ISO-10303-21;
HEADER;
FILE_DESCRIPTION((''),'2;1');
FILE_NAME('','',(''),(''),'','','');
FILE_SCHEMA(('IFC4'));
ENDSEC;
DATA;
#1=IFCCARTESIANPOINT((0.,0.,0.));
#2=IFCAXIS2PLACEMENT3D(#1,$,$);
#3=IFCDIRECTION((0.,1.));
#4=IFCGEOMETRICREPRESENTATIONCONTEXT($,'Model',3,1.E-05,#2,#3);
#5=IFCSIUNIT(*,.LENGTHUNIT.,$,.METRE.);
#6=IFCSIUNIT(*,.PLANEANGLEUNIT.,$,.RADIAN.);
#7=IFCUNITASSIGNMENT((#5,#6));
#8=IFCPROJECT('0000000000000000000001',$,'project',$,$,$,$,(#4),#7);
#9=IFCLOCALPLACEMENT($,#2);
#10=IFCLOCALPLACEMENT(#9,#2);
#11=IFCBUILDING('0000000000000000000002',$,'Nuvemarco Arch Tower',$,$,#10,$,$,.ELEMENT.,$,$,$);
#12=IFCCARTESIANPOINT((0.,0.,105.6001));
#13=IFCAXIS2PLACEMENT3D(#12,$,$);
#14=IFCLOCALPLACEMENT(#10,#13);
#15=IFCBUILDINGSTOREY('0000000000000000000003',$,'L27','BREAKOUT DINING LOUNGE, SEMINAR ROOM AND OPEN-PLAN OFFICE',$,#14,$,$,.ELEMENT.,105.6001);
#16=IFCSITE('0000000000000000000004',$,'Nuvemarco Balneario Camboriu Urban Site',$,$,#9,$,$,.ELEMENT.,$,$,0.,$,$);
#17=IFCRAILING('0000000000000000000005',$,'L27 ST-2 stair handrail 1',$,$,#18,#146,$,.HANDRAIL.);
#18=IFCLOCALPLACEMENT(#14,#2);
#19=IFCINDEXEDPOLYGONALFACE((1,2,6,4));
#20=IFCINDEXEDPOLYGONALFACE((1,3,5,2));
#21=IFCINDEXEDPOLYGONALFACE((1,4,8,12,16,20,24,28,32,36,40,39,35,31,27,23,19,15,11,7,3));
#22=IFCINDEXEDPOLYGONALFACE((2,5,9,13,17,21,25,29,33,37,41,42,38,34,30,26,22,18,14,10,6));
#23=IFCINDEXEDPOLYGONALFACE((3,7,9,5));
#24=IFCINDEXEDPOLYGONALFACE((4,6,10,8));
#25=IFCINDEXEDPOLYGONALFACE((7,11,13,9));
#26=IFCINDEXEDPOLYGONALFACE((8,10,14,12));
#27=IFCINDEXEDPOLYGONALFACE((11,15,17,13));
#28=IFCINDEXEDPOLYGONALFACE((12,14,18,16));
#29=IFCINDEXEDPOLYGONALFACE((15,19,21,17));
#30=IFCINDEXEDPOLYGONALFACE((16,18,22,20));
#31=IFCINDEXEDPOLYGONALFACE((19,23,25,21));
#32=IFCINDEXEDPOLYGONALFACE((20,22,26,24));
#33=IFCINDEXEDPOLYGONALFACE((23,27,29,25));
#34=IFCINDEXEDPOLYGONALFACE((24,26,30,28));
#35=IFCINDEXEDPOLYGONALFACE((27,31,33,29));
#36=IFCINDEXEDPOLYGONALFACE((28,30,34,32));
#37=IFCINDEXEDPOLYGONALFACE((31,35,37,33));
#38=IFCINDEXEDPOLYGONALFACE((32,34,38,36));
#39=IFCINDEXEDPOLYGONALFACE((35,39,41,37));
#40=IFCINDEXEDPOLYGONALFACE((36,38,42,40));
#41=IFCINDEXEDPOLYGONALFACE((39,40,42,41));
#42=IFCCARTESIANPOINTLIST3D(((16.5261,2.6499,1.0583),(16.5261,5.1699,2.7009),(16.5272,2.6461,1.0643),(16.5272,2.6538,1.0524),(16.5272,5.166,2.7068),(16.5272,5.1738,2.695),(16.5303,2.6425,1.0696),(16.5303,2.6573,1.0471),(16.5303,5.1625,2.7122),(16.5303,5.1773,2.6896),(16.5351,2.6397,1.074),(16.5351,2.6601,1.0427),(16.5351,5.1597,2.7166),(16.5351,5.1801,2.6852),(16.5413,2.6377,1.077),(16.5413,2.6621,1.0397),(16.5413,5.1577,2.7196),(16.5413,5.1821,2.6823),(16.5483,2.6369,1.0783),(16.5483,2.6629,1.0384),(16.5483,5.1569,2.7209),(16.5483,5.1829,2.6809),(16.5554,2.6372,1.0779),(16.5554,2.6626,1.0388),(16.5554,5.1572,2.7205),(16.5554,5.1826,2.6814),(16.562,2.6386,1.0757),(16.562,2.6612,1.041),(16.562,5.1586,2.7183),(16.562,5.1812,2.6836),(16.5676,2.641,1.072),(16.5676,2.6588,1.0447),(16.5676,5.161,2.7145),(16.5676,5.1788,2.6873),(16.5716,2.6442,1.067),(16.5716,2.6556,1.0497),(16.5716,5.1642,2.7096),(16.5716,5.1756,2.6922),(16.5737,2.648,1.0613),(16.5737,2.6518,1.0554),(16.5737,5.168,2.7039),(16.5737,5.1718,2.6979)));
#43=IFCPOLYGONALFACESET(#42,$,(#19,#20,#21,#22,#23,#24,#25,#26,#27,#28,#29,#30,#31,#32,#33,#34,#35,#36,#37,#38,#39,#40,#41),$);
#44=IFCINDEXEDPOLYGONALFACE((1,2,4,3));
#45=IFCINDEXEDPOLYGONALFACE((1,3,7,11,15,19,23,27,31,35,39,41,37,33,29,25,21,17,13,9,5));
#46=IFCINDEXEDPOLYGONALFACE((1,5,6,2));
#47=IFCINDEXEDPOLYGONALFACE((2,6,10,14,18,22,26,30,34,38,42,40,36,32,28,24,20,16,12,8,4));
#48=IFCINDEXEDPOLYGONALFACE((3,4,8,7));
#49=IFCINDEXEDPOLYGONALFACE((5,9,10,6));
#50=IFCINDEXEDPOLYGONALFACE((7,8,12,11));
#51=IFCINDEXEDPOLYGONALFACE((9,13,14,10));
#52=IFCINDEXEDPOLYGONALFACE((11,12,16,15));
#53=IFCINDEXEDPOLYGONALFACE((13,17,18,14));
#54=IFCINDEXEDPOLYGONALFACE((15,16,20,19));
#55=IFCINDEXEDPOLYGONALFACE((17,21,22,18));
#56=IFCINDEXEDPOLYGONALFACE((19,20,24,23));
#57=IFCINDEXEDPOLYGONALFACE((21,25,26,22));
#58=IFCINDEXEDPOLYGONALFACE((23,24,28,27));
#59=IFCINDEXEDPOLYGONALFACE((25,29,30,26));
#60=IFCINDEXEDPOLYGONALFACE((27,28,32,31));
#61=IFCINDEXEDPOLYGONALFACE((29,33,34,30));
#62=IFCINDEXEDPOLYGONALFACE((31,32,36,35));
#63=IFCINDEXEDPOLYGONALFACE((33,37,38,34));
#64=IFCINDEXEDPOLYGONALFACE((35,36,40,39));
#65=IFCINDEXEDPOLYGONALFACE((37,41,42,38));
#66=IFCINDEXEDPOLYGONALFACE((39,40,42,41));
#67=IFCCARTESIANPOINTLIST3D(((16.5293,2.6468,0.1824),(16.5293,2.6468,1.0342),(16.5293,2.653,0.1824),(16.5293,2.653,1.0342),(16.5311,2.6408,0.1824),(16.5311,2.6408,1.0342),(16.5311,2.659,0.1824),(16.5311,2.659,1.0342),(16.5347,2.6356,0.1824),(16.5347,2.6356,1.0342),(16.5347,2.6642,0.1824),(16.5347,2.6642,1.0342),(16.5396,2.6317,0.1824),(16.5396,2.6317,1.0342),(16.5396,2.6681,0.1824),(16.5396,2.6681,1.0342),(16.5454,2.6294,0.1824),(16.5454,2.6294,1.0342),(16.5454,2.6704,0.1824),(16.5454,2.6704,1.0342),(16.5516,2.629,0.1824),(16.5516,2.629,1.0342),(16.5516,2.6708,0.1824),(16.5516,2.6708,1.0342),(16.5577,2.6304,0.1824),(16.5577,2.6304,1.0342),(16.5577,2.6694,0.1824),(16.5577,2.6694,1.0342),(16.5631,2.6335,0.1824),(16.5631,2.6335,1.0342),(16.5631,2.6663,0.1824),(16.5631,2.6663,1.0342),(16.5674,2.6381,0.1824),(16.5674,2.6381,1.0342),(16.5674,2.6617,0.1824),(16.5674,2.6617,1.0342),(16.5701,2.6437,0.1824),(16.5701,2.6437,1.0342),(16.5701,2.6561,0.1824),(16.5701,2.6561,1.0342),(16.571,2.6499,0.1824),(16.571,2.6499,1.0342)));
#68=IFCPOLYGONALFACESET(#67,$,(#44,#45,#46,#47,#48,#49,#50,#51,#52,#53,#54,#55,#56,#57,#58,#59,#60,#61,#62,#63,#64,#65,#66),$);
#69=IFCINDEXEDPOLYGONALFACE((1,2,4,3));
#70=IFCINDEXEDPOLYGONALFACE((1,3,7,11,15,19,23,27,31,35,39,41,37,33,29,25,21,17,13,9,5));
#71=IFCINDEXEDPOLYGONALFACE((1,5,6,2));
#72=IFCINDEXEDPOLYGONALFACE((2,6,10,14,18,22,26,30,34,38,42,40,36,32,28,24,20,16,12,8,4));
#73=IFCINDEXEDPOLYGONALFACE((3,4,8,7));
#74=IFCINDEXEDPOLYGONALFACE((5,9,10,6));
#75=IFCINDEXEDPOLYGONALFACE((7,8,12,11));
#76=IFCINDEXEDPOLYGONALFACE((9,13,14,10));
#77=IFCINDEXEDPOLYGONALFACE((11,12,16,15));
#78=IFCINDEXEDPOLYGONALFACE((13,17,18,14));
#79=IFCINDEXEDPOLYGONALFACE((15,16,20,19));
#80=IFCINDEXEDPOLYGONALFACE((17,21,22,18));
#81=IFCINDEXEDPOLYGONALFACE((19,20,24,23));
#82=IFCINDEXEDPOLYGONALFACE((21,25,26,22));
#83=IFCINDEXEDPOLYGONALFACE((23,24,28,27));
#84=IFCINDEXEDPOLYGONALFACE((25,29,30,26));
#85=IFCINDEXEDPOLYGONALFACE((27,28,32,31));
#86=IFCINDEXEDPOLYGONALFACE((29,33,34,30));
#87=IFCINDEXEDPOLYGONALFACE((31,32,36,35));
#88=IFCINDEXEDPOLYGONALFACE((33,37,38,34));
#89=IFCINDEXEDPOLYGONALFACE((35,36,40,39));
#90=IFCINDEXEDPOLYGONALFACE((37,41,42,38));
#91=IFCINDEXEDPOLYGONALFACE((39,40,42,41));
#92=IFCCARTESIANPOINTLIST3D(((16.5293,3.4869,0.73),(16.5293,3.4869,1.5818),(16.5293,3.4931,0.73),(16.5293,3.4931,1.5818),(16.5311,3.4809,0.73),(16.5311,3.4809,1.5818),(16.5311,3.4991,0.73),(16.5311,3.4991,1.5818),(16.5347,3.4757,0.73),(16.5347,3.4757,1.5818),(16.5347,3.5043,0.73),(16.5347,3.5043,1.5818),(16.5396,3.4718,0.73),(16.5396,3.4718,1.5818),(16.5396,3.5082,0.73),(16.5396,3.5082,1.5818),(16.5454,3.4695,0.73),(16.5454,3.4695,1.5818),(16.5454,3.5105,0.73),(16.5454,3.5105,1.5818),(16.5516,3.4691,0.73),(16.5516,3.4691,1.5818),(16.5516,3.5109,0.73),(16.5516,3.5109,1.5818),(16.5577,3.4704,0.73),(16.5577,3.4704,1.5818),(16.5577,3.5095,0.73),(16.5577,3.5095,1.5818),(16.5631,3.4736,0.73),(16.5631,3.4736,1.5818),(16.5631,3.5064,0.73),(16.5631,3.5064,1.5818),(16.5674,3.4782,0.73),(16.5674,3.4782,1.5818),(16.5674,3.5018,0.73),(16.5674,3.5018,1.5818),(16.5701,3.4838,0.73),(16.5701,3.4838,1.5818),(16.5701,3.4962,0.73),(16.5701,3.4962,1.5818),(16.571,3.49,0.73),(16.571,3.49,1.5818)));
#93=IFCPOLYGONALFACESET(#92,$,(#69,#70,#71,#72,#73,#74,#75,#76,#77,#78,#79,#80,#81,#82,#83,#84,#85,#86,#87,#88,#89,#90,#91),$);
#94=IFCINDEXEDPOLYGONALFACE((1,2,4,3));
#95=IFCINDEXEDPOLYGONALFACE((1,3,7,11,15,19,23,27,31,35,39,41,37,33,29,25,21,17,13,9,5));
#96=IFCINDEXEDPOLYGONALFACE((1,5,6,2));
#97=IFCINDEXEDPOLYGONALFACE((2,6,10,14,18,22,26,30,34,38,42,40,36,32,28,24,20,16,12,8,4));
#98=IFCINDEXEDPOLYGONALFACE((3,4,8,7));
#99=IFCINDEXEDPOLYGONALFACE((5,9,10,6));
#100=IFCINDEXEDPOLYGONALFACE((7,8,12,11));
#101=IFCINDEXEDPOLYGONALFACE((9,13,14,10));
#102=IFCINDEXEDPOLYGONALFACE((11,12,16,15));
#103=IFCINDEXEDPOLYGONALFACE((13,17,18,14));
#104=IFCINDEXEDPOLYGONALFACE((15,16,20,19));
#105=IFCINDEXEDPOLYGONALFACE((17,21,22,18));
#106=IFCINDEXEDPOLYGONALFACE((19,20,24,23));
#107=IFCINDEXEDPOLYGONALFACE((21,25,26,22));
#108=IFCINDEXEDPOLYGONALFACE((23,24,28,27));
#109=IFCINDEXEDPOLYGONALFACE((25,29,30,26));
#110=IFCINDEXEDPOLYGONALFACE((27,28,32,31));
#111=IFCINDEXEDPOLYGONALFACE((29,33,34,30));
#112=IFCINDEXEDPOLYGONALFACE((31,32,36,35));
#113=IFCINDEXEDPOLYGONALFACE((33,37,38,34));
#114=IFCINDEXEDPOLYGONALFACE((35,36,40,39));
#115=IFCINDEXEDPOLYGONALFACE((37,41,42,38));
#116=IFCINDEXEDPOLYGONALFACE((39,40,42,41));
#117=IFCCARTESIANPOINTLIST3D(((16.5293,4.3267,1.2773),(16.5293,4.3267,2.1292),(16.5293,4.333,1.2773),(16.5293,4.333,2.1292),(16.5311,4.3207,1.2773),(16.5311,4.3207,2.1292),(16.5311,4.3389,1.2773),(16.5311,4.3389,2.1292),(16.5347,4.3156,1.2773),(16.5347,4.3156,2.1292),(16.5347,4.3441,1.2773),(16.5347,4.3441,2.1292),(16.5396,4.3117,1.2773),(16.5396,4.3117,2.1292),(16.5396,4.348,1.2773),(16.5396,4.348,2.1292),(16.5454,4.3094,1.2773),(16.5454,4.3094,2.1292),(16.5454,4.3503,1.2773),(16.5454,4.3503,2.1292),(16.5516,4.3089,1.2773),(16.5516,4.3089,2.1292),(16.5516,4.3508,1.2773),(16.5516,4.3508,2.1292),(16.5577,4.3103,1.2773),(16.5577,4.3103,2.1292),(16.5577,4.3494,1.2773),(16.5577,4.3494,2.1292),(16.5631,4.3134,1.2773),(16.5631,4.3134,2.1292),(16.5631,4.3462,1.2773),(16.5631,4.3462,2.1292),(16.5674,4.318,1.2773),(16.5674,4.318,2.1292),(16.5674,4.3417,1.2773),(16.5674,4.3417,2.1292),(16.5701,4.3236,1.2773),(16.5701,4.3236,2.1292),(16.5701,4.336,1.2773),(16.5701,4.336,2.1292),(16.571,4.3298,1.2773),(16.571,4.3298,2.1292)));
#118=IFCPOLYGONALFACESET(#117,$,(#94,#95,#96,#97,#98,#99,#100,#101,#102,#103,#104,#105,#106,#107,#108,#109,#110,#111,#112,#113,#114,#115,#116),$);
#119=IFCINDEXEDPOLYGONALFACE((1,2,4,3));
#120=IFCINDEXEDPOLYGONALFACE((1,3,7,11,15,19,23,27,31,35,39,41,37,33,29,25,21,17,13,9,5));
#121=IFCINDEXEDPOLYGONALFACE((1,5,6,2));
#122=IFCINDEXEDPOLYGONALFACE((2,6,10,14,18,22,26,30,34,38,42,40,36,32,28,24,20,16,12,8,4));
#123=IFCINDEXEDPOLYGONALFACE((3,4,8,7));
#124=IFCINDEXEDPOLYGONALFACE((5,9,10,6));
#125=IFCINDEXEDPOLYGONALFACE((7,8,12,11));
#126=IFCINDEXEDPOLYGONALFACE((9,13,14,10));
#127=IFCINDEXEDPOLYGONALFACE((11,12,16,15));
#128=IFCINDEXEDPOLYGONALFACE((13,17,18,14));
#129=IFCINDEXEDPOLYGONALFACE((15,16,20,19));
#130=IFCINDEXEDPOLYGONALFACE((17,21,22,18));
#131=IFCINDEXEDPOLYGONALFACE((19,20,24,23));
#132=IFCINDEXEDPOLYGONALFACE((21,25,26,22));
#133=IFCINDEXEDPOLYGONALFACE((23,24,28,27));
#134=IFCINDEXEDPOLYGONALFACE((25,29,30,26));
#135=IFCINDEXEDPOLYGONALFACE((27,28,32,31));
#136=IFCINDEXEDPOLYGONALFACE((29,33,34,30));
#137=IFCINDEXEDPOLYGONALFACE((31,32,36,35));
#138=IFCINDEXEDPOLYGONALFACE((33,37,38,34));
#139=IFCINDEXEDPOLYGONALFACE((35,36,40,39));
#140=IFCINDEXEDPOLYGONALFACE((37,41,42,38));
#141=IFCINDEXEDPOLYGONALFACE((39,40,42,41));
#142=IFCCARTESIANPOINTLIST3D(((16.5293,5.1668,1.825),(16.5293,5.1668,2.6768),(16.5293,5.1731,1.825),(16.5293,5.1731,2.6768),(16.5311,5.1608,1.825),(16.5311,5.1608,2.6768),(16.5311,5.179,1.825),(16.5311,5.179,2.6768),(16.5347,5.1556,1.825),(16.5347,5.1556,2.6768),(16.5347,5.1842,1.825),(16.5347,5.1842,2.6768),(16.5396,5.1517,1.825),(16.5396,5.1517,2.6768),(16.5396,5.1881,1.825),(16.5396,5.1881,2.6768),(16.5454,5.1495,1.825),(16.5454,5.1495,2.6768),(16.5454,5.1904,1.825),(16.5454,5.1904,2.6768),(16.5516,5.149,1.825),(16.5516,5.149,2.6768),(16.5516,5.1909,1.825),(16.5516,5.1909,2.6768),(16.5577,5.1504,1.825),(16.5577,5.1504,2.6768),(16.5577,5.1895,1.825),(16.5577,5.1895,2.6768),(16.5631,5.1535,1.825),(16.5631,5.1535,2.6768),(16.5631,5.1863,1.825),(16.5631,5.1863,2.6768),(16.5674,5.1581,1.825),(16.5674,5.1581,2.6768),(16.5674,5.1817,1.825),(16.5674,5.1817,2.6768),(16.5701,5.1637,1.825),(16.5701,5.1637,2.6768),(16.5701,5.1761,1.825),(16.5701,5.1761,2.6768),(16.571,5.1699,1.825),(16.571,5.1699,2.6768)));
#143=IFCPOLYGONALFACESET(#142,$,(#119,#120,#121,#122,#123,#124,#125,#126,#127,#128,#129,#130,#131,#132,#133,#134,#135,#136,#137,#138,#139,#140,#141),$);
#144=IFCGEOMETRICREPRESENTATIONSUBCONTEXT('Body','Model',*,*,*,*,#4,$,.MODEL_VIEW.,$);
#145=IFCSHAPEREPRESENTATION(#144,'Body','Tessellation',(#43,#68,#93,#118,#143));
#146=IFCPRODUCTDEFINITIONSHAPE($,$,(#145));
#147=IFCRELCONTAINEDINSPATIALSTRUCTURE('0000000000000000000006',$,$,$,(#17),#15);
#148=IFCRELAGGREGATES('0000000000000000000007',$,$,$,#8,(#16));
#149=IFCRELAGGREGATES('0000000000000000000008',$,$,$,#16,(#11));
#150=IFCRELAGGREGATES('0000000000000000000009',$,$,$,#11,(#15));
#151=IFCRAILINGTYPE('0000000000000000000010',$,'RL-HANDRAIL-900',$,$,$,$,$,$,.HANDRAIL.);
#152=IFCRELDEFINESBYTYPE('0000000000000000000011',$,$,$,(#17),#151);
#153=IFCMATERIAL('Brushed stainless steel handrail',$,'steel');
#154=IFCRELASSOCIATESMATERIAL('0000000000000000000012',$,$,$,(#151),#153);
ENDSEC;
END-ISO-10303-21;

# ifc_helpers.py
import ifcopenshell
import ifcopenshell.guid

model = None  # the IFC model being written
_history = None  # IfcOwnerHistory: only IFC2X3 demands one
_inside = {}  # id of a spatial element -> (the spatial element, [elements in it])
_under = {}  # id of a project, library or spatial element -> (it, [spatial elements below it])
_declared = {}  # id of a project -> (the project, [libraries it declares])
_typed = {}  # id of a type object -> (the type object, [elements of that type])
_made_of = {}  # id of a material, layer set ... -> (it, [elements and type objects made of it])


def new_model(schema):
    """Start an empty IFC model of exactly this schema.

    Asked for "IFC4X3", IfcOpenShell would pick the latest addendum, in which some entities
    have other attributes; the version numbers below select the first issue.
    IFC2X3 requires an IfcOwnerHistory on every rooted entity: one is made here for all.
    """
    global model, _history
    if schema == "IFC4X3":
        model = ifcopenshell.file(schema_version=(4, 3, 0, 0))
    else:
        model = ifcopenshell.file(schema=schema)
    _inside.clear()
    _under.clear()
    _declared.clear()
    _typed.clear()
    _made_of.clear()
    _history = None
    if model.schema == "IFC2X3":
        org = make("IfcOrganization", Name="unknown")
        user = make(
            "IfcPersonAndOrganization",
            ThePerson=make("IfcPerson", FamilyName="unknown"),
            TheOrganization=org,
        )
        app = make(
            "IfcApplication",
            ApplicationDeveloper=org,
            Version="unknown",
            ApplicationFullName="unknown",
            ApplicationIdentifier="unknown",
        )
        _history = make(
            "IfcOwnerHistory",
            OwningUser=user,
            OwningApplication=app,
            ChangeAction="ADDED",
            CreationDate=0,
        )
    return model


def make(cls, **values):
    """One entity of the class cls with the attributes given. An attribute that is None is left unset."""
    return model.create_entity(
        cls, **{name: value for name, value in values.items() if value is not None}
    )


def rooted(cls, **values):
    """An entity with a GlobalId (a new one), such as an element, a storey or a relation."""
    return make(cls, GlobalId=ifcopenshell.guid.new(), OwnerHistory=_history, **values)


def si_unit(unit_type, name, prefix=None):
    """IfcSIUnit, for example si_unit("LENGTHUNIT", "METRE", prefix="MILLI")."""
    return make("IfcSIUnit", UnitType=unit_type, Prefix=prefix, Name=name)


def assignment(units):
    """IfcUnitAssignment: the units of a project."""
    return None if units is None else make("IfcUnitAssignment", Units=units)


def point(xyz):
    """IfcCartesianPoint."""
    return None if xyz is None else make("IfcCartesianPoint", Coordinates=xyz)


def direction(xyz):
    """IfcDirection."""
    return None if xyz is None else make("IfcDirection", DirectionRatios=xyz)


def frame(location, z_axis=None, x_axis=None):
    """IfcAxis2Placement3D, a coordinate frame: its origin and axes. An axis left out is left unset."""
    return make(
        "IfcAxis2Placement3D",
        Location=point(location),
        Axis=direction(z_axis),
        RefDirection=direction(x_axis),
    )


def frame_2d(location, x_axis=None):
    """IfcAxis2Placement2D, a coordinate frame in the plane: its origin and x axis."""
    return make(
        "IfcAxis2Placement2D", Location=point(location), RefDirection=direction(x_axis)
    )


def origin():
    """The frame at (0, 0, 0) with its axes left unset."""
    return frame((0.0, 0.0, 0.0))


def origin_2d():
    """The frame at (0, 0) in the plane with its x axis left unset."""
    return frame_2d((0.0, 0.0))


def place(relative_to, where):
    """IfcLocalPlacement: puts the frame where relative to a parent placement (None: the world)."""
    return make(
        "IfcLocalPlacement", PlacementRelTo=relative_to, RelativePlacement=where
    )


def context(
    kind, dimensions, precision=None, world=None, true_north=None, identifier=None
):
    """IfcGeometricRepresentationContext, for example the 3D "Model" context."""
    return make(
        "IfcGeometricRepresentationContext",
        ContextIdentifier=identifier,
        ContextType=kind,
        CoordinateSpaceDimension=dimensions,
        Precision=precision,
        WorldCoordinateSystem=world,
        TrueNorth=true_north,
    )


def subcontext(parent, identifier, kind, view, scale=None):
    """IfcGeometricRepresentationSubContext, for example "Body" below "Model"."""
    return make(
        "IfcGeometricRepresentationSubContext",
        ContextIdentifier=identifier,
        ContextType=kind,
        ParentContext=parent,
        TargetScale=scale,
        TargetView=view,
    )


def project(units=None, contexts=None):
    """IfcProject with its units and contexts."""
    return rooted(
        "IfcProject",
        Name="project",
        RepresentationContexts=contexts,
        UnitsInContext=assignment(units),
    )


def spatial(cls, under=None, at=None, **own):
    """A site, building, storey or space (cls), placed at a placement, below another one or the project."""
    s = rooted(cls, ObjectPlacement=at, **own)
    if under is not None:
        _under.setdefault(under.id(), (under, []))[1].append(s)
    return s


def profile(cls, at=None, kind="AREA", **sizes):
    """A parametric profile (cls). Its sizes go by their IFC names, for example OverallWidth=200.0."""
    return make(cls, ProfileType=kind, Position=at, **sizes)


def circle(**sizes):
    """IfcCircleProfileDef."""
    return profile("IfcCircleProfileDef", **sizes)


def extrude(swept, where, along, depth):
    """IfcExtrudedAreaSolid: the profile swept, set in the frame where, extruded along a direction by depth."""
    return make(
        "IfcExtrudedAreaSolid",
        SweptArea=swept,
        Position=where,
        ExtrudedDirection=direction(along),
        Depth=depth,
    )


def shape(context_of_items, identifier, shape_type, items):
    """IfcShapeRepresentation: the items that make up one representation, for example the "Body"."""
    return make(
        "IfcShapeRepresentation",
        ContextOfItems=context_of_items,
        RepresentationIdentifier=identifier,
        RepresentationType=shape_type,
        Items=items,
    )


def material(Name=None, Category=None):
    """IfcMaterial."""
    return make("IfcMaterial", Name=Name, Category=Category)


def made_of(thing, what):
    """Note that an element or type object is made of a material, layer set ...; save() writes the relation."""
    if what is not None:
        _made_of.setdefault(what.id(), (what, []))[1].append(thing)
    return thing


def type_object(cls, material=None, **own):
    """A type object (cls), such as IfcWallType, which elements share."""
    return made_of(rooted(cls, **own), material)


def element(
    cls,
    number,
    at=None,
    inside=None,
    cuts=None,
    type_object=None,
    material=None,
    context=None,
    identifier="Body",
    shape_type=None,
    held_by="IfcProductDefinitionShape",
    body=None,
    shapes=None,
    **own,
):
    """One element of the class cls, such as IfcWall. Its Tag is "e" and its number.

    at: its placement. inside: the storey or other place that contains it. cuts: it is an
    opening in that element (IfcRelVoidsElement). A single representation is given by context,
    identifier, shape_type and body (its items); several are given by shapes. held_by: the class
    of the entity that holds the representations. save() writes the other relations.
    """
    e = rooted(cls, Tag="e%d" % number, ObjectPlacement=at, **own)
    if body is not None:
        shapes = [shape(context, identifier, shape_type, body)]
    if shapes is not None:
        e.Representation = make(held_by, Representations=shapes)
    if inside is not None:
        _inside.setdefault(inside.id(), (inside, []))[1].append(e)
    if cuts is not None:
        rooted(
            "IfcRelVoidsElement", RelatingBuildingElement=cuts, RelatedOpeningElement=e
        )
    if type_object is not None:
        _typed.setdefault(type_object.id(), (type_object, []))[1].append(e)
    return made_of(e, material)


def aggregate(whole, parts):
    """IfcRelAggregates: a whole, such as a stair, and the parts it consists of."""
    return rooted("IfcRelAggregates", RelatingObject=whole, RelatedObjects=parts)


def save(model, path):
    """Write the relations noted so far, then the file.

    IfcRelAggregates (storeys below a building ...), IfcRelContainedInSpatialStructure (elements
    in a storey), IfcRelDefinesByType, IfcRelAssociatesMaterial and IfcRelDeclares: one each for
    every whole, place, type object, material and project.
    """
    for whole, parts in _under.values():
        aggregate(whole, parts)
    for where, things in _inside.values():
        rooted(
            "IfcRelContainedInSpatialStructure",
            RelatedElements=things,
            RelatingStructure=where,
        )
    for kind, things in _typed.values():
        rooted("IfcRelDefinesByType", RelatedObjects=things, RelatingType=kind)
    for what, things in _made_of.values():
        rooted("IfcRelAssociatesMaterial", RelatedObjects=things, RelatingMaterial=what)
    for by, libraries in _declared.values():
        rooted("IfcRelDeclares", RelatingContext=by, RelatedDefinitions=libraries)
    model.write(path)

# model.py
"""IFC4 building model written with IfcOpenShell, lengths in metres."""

from ifc_helpers import new_model, si_unit, direction, frame, origin, origin_2d, place, context, subcontext, project, spatial, circle, extrude, material, type_object, element, save


model = new_model("IFC4")

# Units and contexts
model_context = context("Model", 3, precision=1e-05, world=origin(), true_north=direction((0.0, 1.0)))
body_context = subcontext(model_context, "Body", "Model", "MODEL_VIEW")
ifc_project = project(units=[si_unit("LENGTHUNIT", "METRE"), si_unit("PLANEANGLEUNIT", "RADIAN")], contexts=[model_context])

# Site, building, storey
site_placement = place(None, origin())
site = spatial("IfcSite", under=ifc_project, at=site_placement, Name="Nuvemarco Balneario Camboriu Urban Site", CompositionType="ELEMENT", RefElevation=0.0)
building_placement = place(site_placement, origin())
building = spatial("IfcBuilding", under=site, at=building_placement, Name="Nuvemarco Arch Tower", CompositionType="ELEMENT")
storey_placement = place(building_placement, frame((0.0, 0.0, 105.6001)))
storey = spatial("IfcBuildingStorey", under=building, at=storey_placement, Name="L27", Description="BREAKOUT DINING LOUNGE, SEMINAR ROOM AND OPEN-PLAN OFFICE", CompositionType="ELEMENT", Elevation=105.6001)

# Railing
ifc_material_1 = material(Name="Brushed stainless steel handrail", Category="steel")
railing_type_1 = type_object("IfcRailingType", Name="RL-HANDRAIL-900", PredefinedType="HANDRAIL", material=ifc_material_1)
railing_1_placement = place(storey_placement, frame((16.55, 2.6499, 0.1824)))
element("IfcRailing", 1, at=railing_1_placement, inside=storey, type_object=railing_type_1, Name="L27 ST-2 stair handrail 1", PredefinedType="HANDRAIL", context=body_context, shape_type="SweptSolid", body=[
    extrude(circle(Radius=0.0239, at=origin_2d()), frame((0.0, 0.0, 0.876), z_axis=(0.0, 0.837749, 0.546055), x_axis=(-1.0, 0.0, 0.0)), (0.0, 0.0, 1.0), 3.0081),
    extrude(circle(Radius=0.021, at=origin_2d()), origin(), (0.0, 0.0, 1.0), 0.8518),
    extrude(circle(Radius=0.021, at=origin_2d()), frame((0.0, 0.8401, 0.5476)), (0.0, 0.0, 1.0), 0.8518),
    extrude(circle(Radius=0.021, at=origin_2d()), frame((0.0, 1.6799, 1.095)), (0.0, 0.0, 1.0), 0.8518),
    extrude(circle(Radius=0.021, at=origin_2d()), frame((0.0, 2.52, 1.6426)), (0.0, 0.0, 1.0), 0.8518),
])

save(model, "model.ifc")
